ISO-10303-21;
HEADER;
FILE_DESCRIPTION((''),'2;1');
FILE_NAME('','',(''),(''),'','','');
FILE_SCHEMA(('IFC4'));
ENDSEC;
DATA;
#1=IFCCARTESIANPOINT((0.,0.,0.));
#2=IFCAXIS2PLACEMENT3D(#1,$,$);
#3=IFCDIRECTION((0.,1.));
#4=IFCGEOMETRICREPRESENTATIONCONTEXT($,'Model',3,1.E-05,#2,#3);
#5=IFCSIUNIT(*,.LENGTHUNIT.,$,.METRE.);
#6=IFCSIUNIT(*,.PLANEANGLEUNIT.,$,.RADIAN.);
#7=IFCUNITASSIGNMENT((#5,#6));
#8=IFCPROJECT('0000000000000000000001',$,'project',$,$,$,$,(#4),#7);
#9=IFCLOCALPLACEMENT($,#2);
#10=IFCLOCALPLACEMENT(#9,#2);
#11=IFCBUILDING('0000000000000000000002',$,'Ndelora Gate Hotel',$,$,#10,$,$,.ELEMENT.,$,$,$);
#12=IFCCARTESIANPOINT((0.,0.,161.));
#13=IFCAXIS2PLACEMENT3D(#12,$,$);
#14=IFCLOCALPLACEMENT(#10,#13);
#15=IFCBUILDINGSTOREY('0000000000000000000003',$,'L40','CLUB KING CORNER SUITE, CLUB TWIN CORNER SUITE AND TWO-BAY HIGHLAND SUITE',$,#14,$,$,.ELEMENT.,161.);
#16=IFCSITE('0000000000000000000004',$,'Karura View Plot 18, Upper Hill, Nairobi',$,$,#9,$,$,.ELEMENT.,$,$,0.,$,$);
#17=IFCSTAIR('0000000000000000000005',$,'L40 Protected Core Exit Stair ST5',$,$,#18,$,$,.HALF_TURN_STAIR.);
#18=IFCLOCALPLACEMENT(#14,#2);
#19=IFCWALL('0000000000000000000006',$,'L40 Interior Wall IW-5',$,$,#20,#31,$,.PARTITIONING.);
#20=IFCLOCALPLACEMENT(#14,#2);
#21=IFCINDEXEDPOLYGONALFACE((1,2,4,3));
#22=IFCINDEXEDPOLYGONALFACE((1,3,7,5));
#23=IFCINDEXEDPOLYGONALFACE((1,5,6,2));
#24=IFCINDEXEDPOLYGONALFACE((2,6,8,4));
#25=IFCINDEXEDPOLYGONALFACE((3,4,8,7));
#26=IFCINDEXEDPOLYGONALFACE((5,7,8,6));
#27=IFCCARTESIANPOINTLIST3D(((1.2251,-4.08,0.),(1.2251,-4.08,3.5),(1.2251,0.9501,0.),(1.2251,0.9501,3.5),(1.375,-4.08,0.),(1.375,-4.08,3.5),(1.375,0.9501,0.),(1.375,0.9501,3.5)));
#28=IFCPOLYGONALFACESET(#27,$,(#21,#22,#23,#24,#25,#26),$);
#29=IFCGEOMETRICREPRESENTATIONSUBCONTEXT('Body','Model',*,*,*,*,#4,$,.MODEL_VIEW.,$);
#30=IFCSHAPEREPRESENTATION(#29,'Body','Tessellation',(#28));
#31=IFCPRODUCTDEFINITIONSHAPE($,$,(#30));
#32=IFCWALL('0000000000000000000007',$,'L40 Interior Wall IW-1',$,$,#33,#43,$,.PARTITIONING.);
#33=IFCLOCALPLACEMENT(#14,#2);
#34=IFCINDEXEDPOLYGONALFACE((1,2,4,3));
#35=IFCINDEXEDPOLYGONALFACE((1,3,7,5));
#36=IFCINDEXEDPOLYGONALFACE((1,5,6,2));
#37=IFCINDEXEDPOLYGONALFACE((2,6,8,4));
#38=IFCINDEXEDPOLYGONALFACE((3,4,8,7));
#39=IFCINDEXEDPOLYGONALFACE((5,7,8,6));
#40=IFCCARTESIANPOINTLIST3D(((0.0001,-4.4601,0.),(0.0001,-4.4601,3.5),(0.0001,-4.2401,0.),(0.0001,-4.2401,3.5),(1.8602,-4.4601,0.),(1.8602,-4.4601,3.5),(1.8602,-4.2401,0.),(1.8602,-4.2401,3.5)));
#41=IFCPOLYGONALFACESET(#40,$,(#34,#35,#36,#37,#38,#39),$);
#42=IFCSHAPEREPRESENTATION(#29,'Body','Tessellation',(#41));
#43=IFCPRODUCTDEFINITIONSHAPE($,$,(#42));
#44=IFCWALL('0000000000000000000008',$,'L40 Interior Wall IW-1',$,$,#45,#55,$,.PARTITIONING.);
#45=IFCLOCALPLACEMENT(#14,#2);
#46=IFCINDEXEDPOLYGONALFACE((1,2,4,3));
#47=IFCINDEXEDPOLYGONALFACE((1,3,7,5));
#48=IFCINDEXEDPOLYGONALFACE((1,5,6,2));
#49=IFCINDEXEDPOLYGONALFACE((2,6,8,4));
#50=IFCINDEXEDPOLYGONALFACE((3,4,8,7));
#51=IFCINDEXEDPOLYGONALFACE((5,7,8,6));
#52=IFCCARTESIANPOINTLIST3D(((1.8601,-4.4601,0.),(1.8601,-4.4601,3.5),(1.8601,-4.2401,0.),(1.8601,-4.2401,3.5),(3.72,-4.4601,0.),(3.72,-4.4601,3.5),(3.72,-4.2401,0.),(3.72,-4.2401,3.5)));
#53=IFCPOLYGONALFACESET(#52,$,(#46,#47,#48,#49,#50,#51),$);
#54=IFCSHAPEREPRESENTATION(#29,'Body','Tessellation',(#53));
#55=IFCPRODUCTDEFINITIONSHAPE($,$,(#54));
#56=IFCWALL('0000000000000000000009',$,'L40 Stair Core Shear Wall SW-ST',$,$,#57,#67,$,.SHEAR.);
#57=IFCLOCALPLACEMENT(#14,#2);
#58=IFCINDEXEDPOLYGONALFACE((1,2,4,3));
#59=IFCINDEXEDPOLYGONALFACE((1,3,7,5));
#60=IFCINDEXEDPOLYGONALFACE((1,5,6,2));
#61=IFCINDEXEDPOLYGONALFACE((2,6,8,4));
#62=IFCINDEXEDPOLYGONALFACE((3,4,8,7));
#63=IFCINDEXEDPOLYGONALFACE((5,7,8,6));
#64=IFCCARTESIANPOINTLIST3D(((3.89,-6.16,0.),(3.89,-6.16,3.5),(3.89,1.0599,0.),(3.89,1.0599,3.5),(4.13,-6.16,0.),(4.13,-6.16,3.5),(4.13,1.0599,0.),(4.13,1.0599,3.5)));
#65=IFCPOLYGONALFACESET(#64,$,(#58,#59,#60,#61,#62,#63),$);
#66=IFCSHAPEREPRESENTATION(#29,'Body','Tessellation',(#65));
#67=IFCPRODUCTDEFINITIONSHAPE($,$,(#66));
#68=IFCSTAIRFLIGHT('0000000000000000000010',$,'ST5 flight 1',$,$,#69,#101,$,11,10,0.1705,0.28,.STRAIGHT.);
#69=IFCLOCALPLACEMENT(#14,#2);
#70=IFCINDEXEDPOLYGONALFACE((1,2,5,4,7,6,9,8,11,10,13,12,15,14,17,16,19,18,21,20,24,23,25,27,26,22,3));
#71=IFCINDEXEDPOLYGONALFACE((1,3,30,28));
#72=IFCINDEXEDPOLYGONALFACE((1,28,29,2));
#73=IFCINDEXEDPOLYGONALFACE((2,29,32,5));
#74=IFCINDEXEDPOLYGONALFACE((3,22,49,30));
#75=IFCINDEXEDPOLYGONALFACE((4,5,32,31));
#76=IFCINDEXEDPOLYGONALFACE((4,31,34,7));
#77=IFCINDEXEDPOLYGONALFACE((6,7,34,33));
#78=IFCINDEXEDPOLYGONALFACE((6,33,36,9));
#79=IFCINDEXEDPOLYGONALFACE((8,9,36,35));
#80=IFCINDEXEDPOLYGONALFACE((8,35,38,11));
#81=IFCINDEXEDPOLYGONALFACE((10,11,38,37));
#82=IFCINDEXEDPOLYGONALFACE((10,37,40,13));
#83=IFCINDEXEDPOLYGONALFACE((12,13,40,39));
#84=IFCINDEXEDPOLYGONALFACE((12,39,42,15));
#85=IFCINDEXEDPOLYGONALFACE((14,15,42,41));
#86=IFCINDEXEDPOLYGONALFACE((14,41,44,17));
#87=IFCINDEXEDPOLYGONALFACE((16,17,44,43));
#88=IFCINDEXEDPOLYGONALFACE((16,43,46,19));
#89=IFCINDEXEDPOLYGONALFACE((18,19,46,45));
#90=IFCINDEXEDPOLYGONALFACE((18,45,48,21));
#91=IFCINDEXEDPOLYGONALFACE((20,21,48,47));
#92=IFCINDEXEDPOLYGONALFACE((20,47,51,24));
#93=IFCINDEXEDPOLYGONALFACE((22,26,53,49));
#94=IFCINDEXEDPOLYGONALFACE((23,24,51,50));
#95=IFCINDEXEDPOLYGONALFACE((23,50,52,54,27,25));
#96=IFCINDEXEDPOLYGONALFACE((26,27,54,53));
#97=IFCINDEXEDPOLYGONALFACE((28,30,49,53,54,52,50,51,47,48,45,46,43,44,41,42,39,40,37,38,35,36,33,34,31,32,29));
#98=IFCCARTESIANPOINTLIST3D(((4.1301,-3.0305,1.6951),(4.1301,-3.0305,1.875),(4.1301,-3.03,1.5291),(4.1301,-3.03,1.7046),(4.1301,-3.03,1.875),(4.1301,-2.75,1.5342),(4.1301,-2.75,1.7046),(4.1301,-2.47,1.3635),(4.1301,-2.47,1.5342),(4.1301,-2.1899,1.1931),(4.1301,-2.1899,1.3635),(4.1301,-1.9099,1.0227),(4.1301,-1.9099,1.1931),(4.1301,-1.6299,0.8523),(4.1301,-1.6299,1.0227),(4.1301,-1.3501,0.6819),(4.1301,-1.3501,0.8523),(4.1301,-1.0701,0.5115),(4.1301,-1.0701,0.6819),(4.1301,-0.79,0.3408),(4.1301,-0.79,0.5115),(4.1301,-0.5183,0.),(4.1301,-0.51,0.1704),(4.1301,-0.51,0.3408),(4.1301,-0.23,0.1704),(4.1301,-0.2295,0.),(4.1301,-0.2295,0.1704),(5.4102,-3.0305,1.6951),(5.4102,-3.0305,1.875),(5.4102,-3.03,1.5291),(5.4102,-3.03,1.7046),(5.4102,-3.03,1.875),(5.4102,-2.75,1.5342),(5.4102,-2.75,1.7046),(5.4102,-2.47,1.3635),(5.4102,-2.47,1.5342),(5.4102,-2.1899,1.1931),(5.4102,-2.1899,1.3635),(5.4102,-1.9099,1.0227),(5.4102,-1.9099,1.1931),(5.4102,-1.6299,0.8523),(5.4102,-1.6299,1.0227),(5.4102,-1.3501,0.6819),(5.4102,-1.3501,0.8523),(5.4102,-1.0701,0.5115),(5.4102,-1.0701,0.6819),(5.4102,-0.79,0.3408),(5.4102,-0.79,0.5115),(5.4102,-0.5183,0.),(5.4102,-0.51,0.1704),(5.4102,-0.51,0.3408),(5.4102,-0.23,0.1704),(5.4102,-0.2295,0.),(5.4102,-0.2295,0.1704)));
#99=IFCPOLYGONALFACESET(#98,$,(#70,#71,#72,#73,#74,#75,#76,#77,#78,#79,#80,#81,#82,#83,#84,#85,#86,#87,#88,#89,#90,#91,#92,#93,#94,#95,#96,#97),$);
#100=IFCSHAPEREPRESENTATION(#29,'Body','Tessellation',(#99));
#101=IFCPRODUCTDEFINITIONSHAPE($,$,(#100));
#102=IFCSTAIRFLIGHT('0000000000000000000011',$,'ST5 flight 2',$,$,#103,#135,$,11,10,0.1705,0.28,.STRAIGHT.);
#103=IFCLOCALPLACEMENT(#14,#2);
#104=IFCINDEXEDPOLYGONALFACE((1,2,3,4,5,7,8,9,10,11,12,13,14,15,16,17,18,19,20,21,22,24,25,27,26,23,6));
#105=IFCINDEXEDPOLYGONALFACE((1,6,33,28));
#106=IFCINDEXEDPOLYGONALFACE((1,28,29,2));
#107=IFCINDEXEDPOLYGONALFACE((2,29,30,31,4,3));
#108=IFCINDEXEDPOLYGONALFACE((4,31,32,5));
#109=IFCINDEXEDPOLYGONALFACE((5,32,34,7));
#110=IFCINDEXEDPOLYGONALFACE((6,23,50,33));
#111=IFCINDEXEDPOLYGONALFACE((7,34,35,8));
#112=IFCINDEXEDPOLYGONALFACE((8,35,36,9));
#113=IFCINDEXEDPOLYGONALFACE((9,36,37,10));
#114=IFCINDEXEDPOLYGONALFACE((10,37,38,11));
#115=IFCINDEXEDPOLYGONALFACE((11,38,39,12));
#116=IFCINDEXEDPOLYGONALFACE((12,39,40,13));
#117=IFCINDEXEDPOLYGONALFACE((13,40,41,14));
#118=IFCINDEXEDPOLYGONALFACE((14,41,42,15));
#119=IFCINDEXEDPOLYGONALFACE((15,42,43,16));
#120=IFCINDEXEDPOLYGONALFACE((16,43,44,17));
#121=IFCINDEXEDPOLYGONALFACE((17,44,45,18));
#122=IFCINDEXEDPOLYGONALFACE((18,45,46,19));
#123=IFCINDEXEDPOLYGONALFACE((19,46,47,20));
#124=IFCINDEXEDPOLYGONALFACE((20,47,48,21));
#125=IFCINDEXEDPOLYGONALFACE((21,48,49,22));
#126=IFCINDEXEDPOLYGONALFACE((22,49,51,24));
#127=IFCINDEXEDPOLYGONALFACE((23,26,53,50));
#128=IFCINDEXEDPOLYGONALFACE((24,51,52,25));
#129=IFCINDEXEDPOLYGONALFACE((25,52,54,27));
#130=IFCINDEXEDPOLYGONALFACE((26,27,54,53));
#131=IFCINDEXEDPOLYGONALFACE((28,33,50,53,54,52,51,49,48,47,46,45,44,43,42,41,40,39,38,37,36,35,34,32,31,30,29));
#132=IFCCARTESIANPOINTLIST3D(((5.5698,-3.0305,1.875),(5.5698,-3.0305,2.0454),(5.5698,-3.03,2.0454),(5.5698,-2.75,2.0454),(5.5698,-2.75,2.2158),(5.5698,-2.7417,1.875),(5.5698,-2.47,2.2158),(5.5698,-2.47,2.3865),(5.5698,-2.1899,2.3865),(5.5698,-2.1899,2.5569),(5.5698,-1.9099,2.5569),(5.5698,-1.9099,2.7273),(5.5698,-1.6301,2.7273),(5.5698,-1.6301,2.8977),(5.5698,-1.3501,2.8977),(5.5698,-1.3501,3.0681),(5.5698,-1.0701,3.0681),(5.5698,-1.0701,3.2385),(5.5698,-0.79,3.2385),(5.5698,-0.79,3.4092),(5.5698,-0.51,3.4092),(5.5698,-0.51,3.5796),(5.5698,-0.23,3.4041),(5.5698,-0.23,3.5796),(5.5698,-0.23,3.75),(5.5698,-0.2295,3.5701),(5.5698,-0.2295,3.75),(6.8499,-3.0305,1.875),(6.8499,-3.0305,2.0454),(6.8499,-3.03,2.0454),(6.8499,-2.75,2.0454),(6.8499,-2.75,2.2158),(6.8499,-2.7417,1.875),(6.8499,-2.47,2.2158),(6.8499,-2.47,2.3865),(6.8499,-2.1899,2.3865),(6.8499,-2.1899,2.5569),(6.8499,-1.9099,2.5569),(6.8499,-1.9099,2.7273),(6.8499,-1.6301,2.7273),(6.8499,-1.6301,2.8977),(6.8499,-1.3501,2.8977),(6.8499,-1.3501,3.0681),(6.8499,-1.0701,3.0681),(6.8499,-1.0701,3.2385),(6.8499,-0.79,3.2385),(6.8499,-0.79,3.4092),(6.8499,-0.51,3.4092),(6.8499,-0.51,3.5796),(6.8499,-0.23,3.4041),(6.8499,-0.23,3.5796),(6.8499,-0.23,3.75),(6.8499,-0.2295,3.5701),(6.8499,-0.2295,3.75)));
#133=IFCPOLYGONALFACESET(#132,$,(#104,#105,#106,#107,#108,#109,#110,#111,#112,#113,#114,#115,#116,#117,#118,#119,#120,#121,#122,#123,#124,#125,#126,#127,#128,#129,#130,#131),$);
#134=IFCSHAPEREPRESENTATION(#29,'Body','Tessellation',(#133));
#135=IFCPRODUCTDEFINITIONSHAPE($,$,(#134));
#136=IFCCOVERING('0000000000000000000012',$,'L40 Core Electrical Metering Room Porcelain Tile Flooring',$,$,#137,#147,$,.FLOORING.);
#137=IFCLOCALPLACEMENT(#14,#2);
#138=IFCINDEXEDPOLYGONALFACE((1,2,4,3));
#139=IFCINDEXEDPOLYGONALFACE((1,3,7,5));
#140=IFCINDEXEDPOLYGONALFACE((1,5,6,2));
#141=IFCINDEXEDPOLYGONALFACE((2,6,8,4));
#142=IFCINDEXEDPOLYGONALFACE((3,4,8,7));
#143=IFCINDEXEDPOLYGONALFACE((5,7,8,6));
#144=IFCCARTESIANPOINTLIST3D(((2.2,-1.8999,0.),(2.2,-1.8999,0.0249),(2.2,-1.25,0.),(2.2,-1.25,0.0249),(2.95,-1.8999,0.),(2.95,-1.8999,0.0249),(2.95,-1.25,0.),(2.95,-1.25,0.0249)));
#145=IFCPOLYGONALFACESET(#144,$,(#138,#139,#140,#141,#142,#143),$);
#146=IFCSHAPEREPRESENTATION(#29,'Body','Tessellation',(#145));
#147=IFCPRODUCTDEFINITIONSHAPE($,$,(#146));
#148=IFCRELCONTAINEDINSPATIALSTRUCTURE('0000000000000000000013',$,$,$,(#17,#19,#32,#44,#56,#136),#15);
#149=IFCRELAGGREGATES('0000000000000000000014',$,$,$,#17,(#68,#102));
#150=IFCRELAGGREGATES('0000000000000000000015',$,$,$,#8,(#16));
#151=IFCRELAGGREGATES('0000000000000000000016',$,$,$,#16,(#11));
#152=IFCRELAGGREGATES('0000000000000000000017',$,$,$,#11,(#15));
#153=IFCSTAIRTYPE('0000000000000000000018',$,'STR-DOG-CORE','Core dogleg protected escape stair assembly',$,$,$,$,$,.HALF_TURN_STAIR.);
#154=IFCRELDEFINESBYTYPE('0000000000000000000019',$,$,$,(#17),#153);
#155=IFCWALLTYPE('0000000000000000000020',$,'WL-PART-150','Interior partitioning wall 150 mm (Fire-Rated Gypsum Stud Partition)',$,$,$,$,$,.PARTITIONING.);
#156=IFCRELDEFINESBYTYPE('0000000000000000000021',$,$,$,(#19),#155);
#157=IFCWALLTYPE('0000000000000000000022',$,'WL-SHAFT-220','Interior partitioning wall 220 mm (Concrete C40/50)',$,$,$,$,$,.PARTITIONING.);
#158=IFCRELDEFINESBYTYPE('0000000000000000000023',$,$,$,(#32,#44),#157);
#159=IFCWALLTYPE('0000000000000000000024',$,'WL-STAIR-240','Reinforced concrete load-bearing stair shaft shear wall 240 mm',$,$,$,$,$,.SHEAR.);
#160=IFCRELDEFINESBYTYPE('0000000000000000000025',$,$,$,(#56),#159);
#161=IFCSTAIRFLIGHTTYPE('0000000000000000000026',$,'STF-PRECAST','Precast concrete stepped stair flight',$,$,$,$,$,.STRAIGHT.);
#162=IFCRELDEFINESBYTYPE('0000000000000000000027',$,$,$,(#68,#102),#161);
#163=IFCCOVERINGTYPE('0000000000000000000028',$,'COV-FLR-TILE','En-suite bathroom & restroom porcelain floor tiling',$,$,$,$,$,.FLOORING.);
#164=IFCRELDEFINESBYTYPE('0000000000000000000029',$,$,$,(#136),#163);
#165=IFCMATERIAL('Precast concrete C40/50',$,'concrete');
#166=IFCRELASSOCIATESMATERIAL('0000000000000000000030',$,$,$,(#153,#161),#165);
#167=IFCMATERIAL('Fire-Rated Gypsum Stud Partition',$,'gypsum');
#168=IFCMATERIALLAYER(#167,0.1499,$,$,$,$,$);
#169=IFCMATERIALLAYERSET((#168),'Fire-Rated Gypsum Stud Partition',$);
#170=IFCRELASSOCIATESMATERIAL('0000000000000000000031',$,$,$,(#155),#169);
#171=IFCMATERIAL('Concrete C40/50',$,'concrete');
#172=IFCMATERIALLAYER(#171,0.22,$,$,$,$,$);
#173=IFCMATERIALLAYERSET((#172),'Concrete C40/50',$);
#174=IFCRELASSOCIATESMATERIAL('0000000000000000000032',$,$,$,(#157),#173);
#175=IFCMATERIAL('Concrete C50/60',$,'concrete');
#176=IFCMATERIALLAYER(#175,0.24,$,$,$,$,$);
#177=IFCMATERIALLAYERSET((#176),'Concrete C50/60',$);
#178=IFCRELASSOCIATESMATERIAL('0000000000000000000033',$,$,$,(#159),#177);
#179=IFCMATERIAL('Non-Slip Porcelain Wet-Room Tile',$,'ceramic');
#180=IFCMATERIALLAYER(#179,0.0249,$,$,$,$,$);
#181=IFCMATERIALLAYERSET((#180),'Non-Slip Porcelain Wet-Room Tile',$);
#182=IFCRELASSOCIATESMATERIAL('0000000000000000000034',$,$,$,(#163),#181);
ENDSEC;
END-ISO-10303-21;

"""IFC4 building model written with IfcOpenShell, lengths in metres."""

from ifc_helpers import new_model, si_unit, direction, frame, frame_2d, origin, origin_2d, place, context, subcontext, project, spatial, polyline, rectangle, outline, extrude, material, layer, layer_set, type_object, element, aggregate, save


model = new_model("IFC4")

# Units and contexts
model_context = context("Model", 3, precision=1e-05, world=origin(), true_north=direction((0.0, 1.0)))
body_context = subcontext(model_context, "Body", "Model", "MODEL_VIEW")
ifc_project = project(units=[si_unit("LENGTHUNIT", "METRE"), si_unit("PLANEANGLEUNIT", "RADIAN")], contexts=[model_context])

# Site, building, storey
site_placement = place(None, origin())
site = spatial("IfcSite", under=ifc_project, at=site_placement, Name="Karura View Plot 18, Upper Hill, Nairobi", CompositionType="ELEMENT", RefElevation=0.0)
building_placement = place(site_placement, origin())
building = spatial("IfcBuilding", under=site, at=building_placement, Name="Ndelora Gate Hotel", CompositionType="ELEMENT")
storey_placement = place(building_placement, frame((0.0, 0.0, 161.0)))
storey = spatial("IfcBuildingStorey", under=building, at=storey_placement, Name="L40", Description="CLUB KING CORNER SUITE, CLUB TWIN CORNER SUITE AND TWO-BAY HIGHLAND SUITE", CompositionType="ELEMENT", Elevation=161.0)

# Stair
ifc_material_1 = material(Name="Precast concrete C40/50", Category="concrete")
stair_type = type_object("IfcStairType", Name="STR-DOG-CORE", Description="Core dogleg protected escape stair assembly", PredefinedType="HALF_TURN_STAIR", material=ifc_material_1)
stair_1_placement = place(storey_placement, origin())
stair_1 = element("IfcStair", 1, at=stair_1_placement, inside=storey, type_object=stair_type, Name="L40 Protected Core Exit Stair ST5", PredefinedType="HALF_TURN_STAIR")

# Shared definitions
ifc_material_2 = material(Name="Concrete C40/50", Category="concrete")

# Walls
ifc_material_3 = material(Name="Fire-Rated Gypsum Stud Partition", Category="gypsum")
ifc_layer_1 = layer(ifc_material_3, 0.1499)
ifc_layer_set_1 = layer_set([ifc_layer_1], Name="Fire-Rated Gypsum Stud Partition")
wall_type_1 = type_object("IfcWallType", Name="WL-PART-150", Description="Interior partitioning wall 150 mm (Fire-Rated Gypsum Stud Partition)", PredefinedType="PARTITIONING", material=ifc_layer_set_1)
wall_1_placement = place(storey_placement, frame((1.3, -4.0801, 0.0), z_axis=(0.0, 0.0, 1.0), x_axis=(0.0, 1.0, 0.0)))
element("IfcWall", 2, at=wall_1_placement, inside=storey, type_object=wall_type_1, Name="L40 Interior Wall IW-5", PredefinedType="PARTITIONING", context=body_context, shape_type="SweptSolid", body=[
    extrude(rectangle(XDim=5.03, YDim=0.1499, at=frame_2d((2.5151, 0.0))), origin(), (0.0, 0.0, 1.0), 3.5),
])
ifc_layer_2 = layer(ifc_material_2, 0.22)
ifc_layer_set_2 = layer_set([ifc_layer_2], Name="Concrete C40/50")
wall_type_2 = type_object("IfcWallType", Name="WL-SHAFT-220", Description="Interior partitioning wall 220 mm (Concrete C40/50)", PredefinedType="PARTITIONING", material=ifc_layer_set_2)
wall_2_placement = place(storey_placement, frame((0.0, -4.3501, 0.0), z_axis=(0.0, 0.0, 1.0), x_axis=(1.0, 0.0, 0.0)))
element("IfcWall", 3, at=wall_2_placement, inside=storey, type_object=wall_type_2, Name="L40 Interior Wall IW-1", PredefinedType="PARTITIONING", context=body_context, shape_type="SweptSolid", body=[
    extrude(rectangle(XDim=1.8601, YDim=0.22, at=frame_2d((0.9302, 0.0))), origin(), (0.0, 0.0, 1.0), 3.5),
])
wall_3_placement = place(storey_placement, frame((1.8601, -4.3501, 0.0), z_axis=(0.0, 0.0, 1.0), x_axis=(1.0, 0.0, 0.0)))
element("IfcWall", 4, at=wall_3_placement, inside=storey, type_object=wall_type_2, Name="L40 Interior Wall IW-1", PredefinedType="PARTITIONING", context=body_context, shape_type="SweptSolid", body=[
    extrude(rectangle(XDim=1.8599, YDim=0.22, at=frame_2d((0.9299, 0.0))), origin(), (0.0, 0.0, 1.0), 3.5),
])
ifc_material_4 = material(Name="Concrete C50/60", Category="concrete")
ifc_layer_3 = layer(ifc_material_4, 0.24)
ifc_layer_set_3 = layer_set([ifc_layer_3], Name="Concrete C50/60")
wall_type_3 = type_object("IfcWallType", Name="WL-STAIR-240", Description="Reinforced concrete load-bearing stair shaft shear wall 240 mm", PredefinedType="SHEAR", material=ifc_layer_set_3)
wall_4_placement = place(storey_placement, frame((4.01, -6.1599, 0.0), z_axis=(0.0, 0.0, 1.0), x_axis=(0.0, 1.0, 0.0)))
element("IfcWall", 5, at=wall_4_placement, inside=storey, type_object=wall_type_3, Name="L40 Stair Core Shear Wall SW-ST", PredefinedType="SHEAR", context=body_context, shape_type="SweptSolid", body=[
    extrude(rectangle(XDim=7.22, YDim=0.24, at=frame_2d((3.6099, 0.0))), origin(), (0.0, 0.0, 1.0), 3.5),
])

# Stair flights
stair_flight_type = type_object("IfcStairFlightType", Name="STF-PRECAST", Description="Precast concrete stepped stair flight", PredefinedType="STRAIGHT", material=ifc_material_1)
stair_flight_1_placement = place(storey_placement, frame((4.77, -0.23, 0.0), z_axis=(0.0, 0.0, 1.0), x_axis=(0.0, -1.0, 0.0)))
stair_flight_1 = element("IfcStairFlight", 6, at=stair_flight_1_placement, type_object=stair_flight_type, Name="ST5 flight 1", NumberOfRisers=11, NumberOfTreads=10, PredefinedType="STRAIGHT", RiserHeight=0.1705, TreadLength=0.28, context=body_context, shape_type="SweptSolid", body=[
    extrude(outline(polyline([(-0.0005, 0.0), (-0.0005, 0.1704), (0.0, 0.1704), (0.28, 0.1704), (0.28, 0.3408), (0.5601, 0.3408), (0.5601, 0.5115), (0.8401, 0.5115), (0.8401, 0.6819), (1.1201, 0.6819), (1.1201, 0.8523), (1.3999, 0.8523), (1.3999, 1.0227), (1.6799, 1.0227), (1.6799, 1.1931), (1.96, 1.1931), (1.96, 1.3635), (2.24, 1.3635), (2.24, 1.5342), (2.52, 1.5342), (2.52, 1.7046), (2.8, 1.7046), (2.8, 1.875), (2.8005, 1.875), (2.8005, 1.6951), (2.8, 1.5291), (0.2883, 0.0), (-0.0005, 0.0)])), frame((0.0, 0.6401, 0.0), z_axis=(0.0, -1.0, 0.0), x_axis=(1.0, 0.0, 0.0)), (0.0, 0.0, 1.0), 1.28),
])
stair_flight_2_placement = place(storey_placement, frame((6.21, -3.03, 1.875), z_axis=(0.0, 0.0, 1.0), x_axis=(0.0, 1.0, 0.0)))
stair_flight_2 = element("IfcStairFlight", 7, at=stair_flight_2_placement, type_object=stair_flight_type, Name="ST5 flight 2", NumberOfRisers=11, NumberOfTreads=10, PredefinedType="STRAIGHT", RiserHeight=0.1705, TreadLength=0.28, context=body_context, shape_type="SweptSolid", body=[
    extrude(outline(polyline([(-0.0005, 0.0), (-0.0005, 0.1704), (0.0, 0.1704), (0.28, 0.1704), (0.28, 0.3408), (0.5601, 0.3408), (0.5601, 0.5115), (0.8401, 0.5115), (0.8401, 0.6819), (1.1201, 0.6819), (1.1201, 0.8523), (1.3999, 0.8523), (1.3999, 1.0227), (1.6799, 1.0227), (1.6799, 1.1931), (1.96, 1.1931), (1.96, 1.3635), (2.24, 1.3635), (2.24, 1.5342), (2.52, 1.5342), (2.52, 1.7046), (2.8, 1.7046), (2.8, 1.875), (2.8005, 1.875), (2.8005, 1.6951), (2.8, 1.5291), (0.2883, 0.0), (-0.0005, 0.0)])), frame((0.0, 0.6401, 0.0), z_axis=(0.0, -1.0, 0.0), x_axis=(1.0, 0.0, 0.0)), (0.0, 0.0, 1.0), 1.28),
])
aggregate(stair_1, [stair_flight_1, stair_flight_2])

# Covering
ifc_material_5 = material(Name="Non-Slip Porcelain Wet-Room Tile", Category="ceramic")
ifc_layer_4 = layer(ifc_material_5, 0.0249)
ifc_layer_set_4 = layer_set([ifc_layer_4], Name="Non-Slip Porcelain Wet-Room Tile")
covering_type = type_object("IfcCoveringType", Name="COV-FLR-TILE", Description="En-suite bathroom & restroom porcelain floor tiling", PredefinedType="FLOORING", material=ifc_layer_set_4)
covering_placement = place(storey_placement, frame((2.575, -1.575, 0.0), z_axis=(0.0, 0.0, 1.0), x_axis=(1.0, 0.0, 0.0)))
element("IfcCovering", 8, at=covering_placement, inside=storey, type_object=covering_type, Name="L40 Core Electrical Metering Room Porcelain Tile Flooring", PredefinedType="FLOORING", context=body_context, shape_type="SweptSolid", body=[
    extrude(rectangle(XDim=0.75, YDim=0.6499, at=origin_2d()), origin(), (0.0, 0.0, 1.0), 0.0249),
])

save(model, "model.ifc")
